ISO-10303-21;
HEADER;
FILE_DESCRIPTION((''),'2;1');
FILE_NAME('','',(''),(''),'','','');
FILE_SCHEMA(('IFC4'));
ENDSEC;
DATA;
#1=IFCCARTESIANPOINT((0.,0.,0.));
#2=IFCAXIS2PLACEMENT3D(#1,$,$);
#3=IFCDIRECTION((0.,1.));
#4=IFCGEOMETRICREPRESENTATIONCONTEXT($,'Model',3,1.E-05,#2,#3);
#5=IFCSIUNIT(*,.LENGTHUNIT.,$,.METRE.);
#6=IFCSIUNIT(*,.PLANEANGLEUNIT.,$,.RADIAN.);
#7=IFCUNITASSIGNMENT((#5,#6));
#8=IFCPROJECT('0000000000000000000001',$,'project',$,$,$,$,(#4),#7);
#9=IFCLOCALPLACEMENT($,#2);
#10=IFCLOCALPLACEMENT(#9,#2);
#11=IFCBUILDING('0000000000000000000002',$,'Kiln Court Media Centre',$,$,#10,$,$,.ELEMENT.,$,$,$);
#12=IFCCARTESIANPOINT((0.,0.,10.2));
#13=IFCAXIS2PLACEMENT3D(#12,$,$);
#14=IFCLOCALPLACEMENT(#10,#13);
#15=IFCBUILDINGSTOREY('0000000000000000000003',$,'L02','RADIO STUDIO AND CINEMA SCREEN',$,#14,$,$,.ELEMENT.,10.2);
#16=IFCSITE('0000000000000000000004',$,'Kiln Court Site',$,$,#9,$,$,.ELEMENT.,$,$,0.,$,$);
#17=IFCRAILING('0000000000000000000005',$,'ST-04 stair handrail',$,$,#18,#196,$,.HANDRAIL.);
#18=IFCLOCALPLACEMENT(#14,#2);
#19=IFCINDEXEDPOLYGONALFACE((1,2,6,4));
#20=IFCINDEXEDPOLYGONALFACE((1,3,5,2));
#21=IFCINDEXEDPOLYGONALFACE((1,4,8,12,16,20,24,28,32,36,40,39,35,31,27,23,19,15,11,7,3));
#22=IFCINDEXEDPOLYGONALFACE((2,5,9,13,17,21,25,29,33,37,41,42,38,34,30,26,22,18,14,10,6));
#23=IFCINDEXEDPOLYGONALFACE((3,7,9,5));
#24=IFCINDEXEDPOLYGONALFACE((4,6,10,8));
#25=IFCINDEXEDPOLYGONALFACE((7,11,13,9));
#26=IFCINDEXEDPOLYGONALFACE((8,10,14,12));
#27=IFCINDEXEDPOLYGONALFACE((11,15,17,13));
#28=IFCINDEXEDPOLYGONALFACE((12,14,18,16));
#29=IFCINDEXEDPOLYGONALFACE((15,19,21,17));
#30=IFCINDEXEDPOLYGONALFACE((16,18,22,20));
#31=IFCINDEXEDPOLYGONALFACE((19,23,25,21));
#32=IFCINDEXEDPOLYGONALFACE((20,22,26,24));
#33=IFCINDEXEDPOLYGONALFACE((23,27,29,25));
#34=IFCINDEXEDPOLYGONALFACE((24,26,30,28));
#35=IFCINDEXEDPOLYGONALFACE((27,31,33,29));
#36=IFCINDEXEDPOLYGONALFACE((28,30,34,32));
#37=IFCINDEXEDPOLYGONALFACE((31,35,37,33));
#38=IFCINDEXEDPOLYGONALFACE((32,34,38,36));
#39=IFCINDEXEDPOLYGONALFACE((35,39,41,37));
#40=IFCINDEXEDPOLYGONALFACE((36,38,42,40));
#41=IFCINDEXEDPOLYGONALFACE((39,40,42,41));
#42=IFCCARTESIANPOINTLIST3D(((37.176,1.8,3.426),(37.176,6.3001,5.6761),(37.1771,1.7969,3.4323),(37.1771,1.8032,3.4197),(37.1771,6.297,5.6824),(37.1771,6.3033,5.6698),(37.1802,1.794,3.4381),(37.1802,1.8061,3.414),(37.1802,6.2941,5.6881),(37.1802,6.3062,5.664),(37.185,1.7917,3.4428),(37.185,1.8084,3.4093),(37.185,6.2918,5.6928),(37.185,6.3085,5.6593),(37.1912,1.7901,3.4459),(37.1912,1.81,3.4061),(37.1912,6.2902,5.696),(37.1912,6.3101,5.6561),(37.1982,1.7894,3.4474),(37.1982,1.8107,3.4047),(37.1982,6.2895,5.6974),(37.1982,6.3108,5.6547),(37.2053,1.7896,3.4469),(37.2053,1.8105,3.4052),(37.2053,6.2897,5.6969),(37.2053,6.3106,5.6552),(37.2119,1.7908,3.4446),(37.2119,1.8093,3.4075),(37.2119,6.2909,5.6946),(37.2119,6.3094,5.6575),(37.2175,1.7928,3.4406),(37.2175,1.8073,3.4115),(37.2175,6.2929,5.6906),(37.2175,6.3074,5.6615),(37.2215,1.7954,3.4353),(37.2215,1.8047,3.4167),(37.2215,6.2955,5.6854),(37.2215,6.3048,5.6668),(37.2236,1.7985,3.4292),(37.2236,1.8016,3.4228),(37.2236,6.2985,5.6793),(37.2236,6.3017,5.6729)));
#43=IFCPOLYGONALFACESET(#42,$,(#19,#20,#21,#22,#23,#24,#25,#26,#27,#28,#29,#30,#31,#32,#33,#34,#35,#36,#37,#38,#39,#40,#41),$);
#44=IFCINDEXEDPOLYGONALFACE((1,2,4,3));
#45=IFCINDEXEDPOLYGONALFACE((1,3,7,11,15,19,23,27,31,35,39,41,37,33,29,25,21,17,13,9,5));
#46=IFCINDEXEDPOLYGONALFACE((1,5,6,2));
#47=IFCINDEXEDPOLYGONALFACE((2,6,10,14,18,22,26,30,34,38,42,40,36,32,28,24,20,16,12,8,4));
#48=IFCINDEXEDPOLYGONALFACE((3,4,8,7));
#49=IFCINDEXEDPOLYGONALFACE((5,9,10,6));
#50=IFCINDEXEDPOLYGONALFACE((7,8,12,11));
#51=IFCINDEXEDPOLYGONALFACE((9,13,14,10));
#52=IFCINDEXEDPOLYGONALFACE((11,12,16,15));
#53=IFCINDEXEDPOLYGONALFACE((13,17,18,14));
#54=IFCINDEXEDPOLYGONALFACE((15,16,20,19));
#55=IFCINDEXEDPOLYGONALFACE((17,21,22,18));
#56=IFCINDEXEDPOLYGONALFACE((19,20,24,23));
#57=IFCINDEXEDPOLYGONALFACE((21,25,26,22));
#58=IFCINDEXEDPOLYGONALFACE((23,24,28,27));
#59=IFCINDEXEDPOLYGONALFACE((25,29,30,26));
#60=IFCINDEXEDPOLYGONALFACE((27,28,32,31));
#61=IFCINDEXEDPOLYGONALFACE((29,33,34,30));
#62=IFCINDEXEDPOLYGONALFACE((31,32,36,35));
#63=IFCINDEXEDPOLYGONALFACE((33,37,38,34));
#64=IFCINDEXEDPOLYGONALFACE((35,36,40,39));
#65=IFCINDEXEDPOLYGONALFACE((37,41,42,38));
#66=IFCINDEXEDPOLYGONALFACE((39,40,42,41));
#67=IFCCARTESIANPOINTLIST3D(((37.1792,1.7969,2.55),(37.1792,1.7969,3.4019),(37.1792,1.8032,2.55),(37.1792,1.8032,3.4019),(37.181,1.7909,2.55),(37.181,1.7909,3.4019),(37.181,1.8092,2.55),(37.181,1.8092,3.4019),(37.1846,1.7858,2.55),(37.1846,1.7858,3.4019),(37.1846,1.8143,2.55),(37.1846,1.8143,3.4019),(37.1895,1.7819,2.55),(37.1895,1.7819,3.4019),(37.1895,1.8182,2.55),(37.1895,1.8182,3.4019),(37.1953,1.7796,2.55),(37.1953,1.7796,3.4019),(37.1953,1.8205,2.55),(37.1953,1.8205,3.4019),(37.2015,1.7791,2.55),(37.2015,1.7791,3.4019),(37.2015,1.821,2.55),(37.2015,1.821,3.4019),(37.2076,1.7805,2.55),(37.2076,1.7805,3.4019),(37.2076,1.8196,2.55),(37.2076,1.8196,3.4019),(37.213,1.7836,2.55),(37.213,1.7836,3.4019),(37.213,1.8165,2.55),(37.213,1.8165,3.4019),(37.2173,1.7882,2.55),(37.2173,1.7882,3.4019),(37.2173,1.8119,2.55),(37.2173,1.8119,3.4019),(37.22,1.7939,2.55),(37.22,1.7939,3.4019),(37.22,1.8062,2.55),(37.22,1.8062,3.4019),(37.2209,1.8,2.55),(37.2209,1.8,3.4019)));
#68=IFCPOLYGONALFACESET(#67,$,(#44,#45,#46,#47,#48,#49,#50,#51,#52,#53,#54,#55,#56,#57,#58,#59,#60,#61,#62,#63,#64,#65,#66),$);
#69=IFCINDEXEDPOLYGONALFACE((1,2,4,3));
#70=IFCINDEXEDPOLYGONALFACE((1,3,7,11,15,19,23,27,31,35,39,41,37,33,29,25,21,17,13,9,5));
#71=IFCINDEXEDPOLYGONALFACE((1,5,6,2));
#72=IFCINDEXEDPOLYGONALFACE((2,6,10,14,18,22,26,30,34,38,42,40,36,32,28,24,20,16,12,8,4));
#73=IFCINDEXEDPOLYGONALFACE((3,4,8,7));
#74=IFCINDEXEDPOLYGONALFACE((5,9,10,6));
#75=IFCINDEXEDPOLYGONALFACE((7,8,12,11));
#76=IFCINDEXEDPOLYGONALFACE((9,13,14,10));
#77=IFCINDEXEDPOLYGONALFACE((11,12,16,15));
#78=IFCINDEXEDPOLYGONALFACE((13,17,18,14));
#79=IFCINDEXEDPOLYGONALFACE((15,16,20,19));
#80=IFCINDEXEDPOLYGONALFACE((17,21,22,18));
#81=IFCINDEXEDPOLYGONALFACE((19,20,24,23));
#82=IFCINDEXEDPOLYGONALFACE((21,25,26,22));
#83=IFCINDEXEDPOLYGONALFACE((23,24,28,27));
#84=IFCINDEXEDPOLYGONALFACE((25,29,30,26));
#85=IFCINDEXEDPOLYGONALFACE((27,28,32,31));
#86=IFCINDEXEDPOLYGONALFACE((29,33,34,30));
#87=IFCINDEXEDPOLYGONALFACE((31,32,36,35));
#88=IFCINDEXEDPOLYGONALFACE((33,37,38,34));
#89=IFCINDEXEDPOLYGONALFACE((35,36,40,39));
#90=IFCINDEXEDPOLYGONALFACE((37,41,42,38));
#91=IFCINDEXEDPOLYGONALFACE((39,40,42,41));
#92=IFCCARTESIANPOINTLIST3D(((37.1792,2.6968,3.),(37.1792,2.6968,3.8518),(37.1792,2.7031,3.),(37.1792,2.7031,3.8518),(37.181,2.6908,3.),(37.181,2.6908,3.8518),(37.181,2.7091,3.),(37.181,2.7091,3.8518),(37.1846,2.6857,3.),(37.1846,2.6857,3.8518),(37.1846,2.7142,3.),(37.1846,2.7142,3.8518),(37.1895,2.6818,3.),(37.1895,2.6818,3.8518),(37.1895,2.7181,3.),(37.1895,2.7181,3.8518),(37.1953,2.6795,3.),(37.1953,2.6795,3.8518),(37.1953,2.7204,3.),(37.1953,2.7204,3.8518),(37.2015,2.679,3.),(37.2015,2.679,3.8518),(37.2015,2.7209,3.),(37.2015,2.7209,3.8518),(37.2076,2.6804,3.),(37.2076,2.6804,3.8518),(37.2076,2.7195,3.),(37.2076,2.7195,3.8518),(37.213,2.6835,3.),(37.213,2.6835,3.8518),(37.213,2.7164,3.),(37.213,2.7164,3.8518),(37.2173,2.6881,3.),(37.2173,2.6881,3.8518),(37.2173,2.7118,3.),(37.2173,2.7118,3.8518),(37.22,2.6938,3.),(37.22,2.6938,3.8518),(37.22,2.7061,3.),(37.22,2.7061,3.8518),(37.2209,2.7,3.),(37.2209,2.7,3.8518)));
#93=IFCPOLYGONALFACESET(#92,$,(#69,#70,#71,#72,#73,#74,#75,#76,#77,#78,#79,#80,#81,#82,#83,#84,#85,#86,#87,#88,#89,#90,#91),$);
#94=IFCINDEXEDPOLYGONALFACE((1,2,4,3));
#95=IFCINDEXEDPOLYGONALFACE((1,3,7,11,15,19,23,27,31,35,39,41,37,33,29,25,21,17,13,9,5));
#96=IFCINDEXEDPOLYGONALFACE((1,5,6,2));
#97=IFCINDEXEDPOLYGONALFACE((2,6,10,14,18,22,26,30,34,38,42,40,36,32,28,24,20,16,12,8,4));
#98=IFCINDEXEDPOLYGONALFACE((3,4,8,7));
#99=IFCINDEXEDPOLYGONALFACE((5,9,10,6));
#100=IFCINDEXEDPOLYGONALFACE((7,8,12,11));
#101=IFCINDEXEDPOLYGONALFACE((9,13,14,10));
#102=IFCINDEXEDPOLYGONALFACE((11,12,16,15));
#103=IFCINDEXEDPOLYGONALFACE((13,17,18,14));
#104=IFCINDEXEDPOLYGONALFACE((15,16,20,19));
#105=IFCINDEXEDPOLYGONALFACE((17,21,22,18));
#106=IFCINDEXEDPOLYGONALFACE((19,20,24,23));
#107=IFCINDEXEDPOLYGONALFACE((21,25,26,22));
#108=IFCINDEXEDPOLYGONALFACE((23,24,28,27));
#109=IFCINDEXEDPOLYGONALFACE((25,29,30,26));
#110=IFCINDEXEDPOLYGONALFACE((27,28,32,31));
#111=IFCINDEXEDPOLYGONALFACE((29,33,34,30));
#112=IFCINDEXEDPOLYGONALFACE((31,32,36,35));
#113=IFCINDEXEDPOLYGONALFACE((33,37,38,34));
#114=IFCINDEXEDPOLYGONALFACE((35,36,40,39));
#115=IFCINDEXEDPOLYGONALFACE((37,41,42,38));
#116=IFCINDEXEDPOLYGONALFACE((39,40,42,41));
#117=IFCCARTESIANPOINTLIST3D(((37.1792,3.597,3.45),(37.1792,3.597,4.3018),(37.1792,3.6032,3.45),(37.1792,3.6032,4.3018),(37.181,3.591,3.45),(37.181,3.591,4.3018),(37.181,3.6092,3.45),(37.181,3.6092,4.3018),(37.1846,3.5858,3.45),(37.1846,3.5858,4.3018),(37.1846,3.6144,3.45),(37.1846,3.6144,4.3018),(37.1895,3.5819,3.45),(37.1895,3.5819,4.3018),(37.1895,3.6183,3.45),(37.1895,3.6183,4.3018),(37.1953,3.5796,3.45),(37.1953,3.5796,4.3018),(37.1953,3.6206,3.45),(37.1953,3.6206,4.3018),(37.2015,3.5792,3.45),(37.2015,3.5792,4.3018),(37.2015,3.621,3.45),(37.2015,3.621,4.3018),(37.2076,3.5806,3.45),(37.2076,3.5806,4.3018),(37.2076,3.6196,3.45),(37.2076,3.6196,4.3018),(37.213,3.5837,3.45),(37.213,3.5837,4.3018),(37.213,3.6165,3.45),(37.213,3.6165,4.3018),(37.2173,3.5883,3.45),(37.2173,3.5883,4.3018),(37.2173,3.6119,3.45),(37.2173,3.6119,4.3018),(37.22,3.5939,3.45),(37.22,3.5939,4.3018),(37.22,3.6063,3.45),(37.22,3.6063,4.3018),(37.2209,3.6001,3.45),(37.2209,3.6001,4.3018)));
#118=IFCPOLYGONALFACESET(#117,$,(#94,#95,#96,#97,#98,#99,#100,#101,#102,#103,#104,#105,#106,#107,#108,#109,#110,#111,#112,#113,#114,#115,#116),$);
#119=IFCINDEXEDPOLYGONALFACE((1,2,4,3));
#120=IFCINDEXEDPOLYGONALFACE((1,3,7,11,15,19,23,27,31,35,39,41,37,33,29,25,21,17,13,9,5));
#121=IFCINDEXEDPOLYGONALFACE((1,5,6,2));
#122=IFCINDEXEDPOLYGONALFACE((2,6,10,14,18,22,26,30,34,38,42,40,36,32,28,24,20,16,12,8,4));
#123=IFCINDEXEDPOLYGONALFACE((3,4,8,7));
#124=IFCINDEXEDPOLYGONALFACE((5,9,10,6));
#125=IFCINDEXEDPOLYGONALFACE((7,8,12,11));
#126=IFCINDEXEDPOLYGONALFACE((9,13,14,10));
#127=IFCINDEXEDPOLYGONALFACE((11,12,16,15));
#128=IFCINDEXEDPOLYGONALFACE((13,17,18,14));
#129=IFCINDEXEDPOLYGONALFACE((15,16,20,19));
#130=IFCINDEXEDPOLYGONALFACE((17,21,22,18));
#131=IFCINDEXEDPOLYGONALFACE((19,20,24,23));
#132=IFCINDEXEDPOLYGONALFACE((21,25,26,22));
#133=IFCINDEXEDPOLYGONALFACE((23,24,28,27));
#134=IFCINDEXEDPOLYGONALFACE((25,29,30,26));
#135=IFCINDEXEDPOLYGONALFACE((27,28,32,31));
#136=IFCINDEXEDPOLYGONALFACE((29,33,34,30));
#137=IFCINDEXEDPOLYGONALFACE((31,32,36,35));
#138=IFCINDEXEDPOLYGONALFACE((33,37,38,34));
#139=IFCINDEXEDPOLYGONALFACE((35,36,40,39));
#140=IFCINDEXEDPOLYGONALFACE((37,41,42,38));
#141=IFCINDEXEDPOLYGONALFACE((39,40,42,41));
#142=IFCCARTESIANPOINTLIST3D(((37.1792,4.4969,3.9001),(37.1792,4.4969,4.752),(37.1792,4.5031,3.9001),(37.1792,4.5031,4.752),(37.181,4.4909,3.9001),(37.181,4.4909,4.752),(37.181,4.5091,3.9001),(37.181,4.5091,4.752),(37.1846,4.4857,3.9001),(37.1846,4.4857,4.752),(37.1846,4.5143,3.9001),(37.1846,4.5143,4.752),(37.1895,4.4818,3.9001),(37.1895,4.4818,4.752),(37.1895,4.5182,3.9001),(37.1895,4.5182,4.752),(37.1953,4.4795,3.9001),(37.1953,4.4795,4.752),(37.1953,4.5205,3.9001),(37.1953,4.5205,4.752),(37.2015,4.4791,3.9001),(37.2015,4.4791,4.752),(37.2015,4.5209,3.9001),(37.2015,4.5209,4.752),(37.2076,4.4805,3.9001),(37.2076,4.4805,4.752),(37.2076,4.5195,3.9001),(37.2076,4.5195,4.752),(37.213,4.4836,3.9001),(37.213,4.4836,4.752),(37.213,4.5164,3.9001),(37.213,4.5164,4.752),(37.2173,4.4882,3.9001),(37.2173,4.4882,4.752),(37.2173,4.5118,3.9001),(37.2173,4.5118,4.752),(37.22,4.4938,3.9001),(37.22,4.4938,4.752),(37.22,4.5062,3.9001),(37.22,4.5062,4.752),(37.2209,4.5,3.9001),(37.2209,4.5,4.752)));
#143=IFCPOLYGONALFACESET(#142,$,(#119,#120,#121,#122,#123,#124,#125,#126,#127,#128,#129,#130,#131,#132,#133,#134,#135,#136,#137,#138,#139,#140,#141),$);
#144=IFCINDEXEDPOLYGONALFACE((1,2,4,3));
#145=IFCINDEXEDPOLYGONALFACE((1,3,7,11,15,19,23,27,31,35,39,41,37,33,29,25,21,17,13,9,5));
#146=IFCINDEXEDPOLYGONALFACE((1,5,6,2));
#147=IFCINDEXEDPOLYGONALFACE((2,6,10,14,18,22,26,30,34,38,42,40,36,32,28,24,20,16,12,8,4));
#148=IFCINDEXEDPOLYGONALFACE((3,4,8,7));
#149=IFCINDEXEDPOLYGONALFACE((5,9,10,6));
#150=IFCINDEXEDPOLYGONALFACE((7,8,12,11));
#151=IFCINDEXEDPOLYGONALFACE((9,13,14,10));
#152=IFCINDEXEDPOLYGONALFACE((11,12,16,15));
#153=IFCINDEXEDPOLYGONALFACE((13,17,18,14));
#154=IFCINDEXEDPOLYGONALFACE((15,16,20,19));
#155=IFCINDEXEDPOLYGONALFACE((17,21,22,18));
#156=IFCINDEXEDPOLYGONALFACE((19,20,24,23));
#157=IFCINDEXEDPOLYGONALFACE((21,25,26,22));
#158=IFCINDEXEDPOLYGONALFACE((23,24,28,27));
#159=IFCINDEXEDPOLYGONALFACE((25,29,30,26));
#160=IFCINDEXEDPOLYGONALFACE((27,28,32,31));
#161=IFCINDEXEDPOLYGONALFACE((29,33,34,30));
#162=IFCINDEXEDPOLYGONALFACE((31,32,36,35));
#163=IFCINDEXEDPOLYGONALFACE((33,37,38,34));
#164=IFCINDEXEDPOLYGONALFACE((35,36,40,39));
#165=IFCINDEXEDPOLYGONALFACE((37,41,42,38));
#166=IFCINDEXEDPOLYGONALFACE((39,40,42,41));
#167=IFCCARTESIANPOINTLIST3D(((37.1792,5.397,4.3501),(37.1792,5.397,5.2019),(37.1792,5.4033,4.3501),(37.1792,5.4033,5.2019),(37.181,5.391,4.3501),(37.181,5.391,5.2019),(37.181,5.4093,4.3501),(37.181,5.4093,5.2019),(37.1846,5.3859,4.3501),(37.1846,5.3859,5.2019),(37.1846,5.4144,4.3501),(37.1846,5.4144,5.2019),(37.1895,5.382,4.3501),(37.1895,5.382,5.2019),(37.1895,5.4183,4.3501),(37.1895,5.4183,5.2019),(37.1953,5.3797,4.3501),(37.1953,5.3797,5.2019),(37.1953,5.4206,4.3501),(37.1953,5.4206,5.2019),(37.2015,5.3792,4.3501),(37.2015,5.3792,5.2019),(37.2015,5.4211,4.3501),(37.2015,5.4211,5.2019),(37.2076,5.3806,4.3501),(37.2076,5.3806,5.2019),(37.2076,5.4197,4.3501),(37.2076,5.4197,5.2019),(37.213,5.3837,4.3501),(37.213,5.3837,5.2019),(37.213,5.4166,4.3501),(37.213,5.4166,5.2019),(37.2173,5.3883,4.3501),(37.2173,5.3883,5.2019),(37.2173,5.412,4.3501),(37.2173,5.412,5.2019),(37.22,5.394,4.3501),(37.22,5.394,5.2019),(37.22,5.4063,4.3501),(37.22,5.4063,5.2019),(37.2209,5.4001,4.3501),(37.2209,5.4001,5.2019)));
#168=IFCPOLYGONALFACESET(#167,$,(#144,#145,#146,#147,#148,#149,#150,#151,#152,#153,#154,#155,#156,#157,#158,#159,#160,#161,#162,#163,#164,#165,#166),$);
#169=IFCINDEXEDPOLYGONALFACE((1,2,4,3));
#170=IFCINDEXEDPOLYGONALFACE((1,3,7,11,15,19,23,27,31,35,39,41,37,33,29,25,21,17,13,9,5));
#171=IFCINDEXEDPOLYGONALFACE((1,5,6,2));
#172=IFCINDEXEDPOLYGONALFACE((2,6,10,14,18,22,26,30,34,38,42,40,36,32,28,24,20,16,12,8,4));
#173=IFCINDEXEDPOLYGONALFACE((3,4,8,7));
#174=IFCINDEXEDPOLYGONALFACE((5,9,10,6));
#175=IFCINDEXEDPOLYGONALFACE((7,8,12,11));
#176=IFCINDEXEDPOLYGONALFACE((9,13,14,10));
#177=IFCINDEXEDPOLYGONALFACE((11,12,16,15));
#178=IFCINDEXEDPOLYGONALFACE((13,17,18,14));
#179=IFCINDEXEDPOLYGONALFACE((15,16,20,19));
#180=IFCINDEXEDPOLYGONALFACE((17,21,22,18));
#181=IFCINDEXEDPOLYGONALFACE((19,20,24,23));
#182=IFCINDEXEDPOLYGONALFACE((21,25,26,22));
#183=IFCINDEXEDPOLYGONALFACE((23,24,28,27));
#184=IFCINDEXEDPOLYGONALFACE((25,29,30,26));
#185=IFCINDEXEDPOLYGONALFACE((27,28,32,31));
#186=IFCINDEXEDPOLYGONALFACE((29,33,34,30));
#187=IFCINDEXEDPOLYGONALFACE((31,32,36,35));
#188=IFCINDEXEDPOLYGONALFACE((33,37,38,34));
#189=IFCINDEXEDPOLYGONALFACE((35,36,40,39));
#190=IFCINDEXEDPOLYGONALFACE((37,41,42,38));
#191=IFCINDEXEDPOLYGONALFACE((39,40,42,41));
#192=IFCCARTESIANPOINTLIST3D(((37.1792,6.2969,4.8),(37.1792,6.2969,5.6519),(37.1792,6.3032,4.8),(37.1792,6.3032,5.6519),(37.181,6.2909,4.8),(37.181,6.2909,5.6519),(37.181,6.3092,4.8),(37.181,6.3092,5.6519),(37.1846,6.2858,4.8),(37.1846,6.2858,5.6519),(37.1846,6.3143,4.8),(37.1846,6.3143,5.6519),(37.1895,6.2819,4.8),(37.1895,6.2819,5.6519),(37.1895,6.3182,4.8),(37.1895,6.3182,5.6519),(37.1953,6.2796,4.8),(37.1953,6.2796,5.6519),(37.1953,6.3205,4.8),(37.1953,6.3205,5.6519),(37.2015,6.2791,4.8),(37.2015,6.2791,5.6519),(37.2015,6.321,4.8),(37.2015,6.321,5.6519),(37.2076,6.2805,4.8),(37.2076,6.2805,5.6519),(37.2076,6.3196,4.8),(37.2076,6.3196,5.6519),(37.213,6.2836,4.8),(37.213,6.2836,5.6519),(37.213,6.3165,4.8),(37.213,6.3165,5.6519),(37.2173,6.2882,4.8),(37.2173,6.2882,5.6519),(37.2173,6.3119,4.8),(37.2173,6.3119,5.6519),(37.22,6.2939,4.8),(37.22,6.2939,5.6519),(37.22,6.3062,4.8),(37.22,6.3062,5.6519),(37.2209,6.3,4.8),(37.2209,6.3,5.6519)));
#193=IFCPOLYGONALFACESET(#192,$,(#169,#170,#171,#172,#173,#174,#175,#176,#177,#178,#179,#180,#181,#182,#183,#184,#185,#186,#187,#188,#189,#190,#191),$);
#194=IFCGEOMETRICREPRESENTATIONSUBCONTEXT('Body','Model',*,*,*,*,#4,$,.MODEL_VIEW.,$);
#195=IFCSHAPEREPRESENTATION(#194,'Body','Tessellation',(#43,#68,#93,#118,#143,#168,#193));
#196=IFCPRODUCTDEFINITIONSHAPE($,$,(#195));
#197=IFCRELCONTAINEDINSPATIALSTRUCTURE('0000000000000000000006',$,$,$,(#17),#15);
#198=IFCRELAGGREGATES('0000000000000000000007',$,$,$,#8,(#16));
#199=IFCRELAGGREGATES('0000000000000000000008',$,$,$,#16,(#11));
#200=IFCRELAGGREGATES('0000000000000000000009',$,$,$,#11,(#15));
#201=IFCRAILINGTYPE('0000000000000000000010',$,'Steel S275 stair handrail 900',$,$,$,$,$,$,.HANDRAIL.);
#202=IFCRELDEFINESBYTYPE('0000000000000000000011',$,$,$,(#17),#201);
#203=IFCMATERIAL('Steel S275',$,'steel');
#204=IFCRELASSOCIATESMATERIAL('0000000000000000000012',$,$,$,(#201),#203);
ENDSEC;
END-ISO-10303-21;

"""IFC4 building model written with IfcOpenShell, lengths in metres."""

from ifc_helpers import new_model, si_unit, direction, frame, origin, origin_2d, place, context, subcontext, project, spatial, circle, extrude, material, type_object, element, save


model = new_model("IFC4")

# Units and contexts
model_context = context("Model", 3, precision=1e-05, world=origin(), true_north=direction((0.0, 1.0)))
body_context = subcontext(model_context, "Body", "Model", "MODEL_VIEW")
ifc_project = project(units=[si_unit("LENGTHUNIT", "METRE"), si_unit("PLANEANGLEUNIT", "RADIAN")], contexts=[model_context])

# Site, building, storey
site_placement = place(None, origin())
site = spatial("IfcSite", under=ifc_project, at=site_placement, Name="Kiln Court Site", CompositionType="ELEMENT", RefElevation=0.0)
building_placement = place(site_placement, origin())
building = spatial("IfcBuilding", under=site, at=building_placement, Name="Kiln Court Media Centre", CompositionType="ELEMENT")
storey_placement = place(building_placement, frame((0.0, 0.0, 10.2)))
storey = spatial("IfcBuildingStorey", under=building, at=storey_placement, Name="L02", Description="RADIO STUDIO AND CINEMA SCREEN", CompositionType="ELEMENT", Elevation=10.2)

# Railing
ifc_material_1 = material(Name="Steel S275", Category="steel")
railing_type_1 = type_object("IfcRailingType", Name="Steel S275 stair handrail 900", PredefinedType="HANDRAIL", material=ifc_material_1)
railing_1_placement = place(storey_placement, frame((37.2, 1.8, 2.55)))
element("IfcRailing", 1, at=railing_1_placement, inside=storey, type_object=railing_type_1, Name="ST-04 stair handrail", PredefinedType="HANDRAIL", context=body_context, shape_type="SweptSolid", body=[
    extrude(circle(Radius=0.0239, at=origin_2d()), frame((0.0, 0.0, 0.876), z_axis=(0.0, 0.894427, 0.447214), x_axis=(-1.0, 0.0, 0.0)), (0.0, 0.0, 1.0), 5.0312),
    extrude(circle(Radius=0.021, at=origin_2d()), origin(), (0.0, 0.0, 1.0), 0.8518),
    extrude(circle(Radius=0.021, at=origin_2d()), frame((0.0, 0.8999, 0.45)), (0.0, 0.0, 1.0), 0.8518),
    extrude(circle(Radius=0.021, at=origin_2d()), frame((0.0, 1.8, 0.8999)), (0.0, 0.0, 1.0), 0.8518),
    extrude(circle(Radius=0.021, at=origin_2d()), frame((0.0, 2.7, 1.3501)), (0.0, 0.0, 1.0), 0.8518),
    extrude(circle(Radius=0.021, at=origin_2d()), frame((0.0, 3.6001, 1.8)), (0.0, 0.0, 1.0), 0.8518),
    extrude(circle(Radius=0.021, at=origin_2d()), frame((0.0, 4.5, 2.25)), (0.0, 0.0, 1.0), 0.8518),
])

save(model, "model.ifc")
